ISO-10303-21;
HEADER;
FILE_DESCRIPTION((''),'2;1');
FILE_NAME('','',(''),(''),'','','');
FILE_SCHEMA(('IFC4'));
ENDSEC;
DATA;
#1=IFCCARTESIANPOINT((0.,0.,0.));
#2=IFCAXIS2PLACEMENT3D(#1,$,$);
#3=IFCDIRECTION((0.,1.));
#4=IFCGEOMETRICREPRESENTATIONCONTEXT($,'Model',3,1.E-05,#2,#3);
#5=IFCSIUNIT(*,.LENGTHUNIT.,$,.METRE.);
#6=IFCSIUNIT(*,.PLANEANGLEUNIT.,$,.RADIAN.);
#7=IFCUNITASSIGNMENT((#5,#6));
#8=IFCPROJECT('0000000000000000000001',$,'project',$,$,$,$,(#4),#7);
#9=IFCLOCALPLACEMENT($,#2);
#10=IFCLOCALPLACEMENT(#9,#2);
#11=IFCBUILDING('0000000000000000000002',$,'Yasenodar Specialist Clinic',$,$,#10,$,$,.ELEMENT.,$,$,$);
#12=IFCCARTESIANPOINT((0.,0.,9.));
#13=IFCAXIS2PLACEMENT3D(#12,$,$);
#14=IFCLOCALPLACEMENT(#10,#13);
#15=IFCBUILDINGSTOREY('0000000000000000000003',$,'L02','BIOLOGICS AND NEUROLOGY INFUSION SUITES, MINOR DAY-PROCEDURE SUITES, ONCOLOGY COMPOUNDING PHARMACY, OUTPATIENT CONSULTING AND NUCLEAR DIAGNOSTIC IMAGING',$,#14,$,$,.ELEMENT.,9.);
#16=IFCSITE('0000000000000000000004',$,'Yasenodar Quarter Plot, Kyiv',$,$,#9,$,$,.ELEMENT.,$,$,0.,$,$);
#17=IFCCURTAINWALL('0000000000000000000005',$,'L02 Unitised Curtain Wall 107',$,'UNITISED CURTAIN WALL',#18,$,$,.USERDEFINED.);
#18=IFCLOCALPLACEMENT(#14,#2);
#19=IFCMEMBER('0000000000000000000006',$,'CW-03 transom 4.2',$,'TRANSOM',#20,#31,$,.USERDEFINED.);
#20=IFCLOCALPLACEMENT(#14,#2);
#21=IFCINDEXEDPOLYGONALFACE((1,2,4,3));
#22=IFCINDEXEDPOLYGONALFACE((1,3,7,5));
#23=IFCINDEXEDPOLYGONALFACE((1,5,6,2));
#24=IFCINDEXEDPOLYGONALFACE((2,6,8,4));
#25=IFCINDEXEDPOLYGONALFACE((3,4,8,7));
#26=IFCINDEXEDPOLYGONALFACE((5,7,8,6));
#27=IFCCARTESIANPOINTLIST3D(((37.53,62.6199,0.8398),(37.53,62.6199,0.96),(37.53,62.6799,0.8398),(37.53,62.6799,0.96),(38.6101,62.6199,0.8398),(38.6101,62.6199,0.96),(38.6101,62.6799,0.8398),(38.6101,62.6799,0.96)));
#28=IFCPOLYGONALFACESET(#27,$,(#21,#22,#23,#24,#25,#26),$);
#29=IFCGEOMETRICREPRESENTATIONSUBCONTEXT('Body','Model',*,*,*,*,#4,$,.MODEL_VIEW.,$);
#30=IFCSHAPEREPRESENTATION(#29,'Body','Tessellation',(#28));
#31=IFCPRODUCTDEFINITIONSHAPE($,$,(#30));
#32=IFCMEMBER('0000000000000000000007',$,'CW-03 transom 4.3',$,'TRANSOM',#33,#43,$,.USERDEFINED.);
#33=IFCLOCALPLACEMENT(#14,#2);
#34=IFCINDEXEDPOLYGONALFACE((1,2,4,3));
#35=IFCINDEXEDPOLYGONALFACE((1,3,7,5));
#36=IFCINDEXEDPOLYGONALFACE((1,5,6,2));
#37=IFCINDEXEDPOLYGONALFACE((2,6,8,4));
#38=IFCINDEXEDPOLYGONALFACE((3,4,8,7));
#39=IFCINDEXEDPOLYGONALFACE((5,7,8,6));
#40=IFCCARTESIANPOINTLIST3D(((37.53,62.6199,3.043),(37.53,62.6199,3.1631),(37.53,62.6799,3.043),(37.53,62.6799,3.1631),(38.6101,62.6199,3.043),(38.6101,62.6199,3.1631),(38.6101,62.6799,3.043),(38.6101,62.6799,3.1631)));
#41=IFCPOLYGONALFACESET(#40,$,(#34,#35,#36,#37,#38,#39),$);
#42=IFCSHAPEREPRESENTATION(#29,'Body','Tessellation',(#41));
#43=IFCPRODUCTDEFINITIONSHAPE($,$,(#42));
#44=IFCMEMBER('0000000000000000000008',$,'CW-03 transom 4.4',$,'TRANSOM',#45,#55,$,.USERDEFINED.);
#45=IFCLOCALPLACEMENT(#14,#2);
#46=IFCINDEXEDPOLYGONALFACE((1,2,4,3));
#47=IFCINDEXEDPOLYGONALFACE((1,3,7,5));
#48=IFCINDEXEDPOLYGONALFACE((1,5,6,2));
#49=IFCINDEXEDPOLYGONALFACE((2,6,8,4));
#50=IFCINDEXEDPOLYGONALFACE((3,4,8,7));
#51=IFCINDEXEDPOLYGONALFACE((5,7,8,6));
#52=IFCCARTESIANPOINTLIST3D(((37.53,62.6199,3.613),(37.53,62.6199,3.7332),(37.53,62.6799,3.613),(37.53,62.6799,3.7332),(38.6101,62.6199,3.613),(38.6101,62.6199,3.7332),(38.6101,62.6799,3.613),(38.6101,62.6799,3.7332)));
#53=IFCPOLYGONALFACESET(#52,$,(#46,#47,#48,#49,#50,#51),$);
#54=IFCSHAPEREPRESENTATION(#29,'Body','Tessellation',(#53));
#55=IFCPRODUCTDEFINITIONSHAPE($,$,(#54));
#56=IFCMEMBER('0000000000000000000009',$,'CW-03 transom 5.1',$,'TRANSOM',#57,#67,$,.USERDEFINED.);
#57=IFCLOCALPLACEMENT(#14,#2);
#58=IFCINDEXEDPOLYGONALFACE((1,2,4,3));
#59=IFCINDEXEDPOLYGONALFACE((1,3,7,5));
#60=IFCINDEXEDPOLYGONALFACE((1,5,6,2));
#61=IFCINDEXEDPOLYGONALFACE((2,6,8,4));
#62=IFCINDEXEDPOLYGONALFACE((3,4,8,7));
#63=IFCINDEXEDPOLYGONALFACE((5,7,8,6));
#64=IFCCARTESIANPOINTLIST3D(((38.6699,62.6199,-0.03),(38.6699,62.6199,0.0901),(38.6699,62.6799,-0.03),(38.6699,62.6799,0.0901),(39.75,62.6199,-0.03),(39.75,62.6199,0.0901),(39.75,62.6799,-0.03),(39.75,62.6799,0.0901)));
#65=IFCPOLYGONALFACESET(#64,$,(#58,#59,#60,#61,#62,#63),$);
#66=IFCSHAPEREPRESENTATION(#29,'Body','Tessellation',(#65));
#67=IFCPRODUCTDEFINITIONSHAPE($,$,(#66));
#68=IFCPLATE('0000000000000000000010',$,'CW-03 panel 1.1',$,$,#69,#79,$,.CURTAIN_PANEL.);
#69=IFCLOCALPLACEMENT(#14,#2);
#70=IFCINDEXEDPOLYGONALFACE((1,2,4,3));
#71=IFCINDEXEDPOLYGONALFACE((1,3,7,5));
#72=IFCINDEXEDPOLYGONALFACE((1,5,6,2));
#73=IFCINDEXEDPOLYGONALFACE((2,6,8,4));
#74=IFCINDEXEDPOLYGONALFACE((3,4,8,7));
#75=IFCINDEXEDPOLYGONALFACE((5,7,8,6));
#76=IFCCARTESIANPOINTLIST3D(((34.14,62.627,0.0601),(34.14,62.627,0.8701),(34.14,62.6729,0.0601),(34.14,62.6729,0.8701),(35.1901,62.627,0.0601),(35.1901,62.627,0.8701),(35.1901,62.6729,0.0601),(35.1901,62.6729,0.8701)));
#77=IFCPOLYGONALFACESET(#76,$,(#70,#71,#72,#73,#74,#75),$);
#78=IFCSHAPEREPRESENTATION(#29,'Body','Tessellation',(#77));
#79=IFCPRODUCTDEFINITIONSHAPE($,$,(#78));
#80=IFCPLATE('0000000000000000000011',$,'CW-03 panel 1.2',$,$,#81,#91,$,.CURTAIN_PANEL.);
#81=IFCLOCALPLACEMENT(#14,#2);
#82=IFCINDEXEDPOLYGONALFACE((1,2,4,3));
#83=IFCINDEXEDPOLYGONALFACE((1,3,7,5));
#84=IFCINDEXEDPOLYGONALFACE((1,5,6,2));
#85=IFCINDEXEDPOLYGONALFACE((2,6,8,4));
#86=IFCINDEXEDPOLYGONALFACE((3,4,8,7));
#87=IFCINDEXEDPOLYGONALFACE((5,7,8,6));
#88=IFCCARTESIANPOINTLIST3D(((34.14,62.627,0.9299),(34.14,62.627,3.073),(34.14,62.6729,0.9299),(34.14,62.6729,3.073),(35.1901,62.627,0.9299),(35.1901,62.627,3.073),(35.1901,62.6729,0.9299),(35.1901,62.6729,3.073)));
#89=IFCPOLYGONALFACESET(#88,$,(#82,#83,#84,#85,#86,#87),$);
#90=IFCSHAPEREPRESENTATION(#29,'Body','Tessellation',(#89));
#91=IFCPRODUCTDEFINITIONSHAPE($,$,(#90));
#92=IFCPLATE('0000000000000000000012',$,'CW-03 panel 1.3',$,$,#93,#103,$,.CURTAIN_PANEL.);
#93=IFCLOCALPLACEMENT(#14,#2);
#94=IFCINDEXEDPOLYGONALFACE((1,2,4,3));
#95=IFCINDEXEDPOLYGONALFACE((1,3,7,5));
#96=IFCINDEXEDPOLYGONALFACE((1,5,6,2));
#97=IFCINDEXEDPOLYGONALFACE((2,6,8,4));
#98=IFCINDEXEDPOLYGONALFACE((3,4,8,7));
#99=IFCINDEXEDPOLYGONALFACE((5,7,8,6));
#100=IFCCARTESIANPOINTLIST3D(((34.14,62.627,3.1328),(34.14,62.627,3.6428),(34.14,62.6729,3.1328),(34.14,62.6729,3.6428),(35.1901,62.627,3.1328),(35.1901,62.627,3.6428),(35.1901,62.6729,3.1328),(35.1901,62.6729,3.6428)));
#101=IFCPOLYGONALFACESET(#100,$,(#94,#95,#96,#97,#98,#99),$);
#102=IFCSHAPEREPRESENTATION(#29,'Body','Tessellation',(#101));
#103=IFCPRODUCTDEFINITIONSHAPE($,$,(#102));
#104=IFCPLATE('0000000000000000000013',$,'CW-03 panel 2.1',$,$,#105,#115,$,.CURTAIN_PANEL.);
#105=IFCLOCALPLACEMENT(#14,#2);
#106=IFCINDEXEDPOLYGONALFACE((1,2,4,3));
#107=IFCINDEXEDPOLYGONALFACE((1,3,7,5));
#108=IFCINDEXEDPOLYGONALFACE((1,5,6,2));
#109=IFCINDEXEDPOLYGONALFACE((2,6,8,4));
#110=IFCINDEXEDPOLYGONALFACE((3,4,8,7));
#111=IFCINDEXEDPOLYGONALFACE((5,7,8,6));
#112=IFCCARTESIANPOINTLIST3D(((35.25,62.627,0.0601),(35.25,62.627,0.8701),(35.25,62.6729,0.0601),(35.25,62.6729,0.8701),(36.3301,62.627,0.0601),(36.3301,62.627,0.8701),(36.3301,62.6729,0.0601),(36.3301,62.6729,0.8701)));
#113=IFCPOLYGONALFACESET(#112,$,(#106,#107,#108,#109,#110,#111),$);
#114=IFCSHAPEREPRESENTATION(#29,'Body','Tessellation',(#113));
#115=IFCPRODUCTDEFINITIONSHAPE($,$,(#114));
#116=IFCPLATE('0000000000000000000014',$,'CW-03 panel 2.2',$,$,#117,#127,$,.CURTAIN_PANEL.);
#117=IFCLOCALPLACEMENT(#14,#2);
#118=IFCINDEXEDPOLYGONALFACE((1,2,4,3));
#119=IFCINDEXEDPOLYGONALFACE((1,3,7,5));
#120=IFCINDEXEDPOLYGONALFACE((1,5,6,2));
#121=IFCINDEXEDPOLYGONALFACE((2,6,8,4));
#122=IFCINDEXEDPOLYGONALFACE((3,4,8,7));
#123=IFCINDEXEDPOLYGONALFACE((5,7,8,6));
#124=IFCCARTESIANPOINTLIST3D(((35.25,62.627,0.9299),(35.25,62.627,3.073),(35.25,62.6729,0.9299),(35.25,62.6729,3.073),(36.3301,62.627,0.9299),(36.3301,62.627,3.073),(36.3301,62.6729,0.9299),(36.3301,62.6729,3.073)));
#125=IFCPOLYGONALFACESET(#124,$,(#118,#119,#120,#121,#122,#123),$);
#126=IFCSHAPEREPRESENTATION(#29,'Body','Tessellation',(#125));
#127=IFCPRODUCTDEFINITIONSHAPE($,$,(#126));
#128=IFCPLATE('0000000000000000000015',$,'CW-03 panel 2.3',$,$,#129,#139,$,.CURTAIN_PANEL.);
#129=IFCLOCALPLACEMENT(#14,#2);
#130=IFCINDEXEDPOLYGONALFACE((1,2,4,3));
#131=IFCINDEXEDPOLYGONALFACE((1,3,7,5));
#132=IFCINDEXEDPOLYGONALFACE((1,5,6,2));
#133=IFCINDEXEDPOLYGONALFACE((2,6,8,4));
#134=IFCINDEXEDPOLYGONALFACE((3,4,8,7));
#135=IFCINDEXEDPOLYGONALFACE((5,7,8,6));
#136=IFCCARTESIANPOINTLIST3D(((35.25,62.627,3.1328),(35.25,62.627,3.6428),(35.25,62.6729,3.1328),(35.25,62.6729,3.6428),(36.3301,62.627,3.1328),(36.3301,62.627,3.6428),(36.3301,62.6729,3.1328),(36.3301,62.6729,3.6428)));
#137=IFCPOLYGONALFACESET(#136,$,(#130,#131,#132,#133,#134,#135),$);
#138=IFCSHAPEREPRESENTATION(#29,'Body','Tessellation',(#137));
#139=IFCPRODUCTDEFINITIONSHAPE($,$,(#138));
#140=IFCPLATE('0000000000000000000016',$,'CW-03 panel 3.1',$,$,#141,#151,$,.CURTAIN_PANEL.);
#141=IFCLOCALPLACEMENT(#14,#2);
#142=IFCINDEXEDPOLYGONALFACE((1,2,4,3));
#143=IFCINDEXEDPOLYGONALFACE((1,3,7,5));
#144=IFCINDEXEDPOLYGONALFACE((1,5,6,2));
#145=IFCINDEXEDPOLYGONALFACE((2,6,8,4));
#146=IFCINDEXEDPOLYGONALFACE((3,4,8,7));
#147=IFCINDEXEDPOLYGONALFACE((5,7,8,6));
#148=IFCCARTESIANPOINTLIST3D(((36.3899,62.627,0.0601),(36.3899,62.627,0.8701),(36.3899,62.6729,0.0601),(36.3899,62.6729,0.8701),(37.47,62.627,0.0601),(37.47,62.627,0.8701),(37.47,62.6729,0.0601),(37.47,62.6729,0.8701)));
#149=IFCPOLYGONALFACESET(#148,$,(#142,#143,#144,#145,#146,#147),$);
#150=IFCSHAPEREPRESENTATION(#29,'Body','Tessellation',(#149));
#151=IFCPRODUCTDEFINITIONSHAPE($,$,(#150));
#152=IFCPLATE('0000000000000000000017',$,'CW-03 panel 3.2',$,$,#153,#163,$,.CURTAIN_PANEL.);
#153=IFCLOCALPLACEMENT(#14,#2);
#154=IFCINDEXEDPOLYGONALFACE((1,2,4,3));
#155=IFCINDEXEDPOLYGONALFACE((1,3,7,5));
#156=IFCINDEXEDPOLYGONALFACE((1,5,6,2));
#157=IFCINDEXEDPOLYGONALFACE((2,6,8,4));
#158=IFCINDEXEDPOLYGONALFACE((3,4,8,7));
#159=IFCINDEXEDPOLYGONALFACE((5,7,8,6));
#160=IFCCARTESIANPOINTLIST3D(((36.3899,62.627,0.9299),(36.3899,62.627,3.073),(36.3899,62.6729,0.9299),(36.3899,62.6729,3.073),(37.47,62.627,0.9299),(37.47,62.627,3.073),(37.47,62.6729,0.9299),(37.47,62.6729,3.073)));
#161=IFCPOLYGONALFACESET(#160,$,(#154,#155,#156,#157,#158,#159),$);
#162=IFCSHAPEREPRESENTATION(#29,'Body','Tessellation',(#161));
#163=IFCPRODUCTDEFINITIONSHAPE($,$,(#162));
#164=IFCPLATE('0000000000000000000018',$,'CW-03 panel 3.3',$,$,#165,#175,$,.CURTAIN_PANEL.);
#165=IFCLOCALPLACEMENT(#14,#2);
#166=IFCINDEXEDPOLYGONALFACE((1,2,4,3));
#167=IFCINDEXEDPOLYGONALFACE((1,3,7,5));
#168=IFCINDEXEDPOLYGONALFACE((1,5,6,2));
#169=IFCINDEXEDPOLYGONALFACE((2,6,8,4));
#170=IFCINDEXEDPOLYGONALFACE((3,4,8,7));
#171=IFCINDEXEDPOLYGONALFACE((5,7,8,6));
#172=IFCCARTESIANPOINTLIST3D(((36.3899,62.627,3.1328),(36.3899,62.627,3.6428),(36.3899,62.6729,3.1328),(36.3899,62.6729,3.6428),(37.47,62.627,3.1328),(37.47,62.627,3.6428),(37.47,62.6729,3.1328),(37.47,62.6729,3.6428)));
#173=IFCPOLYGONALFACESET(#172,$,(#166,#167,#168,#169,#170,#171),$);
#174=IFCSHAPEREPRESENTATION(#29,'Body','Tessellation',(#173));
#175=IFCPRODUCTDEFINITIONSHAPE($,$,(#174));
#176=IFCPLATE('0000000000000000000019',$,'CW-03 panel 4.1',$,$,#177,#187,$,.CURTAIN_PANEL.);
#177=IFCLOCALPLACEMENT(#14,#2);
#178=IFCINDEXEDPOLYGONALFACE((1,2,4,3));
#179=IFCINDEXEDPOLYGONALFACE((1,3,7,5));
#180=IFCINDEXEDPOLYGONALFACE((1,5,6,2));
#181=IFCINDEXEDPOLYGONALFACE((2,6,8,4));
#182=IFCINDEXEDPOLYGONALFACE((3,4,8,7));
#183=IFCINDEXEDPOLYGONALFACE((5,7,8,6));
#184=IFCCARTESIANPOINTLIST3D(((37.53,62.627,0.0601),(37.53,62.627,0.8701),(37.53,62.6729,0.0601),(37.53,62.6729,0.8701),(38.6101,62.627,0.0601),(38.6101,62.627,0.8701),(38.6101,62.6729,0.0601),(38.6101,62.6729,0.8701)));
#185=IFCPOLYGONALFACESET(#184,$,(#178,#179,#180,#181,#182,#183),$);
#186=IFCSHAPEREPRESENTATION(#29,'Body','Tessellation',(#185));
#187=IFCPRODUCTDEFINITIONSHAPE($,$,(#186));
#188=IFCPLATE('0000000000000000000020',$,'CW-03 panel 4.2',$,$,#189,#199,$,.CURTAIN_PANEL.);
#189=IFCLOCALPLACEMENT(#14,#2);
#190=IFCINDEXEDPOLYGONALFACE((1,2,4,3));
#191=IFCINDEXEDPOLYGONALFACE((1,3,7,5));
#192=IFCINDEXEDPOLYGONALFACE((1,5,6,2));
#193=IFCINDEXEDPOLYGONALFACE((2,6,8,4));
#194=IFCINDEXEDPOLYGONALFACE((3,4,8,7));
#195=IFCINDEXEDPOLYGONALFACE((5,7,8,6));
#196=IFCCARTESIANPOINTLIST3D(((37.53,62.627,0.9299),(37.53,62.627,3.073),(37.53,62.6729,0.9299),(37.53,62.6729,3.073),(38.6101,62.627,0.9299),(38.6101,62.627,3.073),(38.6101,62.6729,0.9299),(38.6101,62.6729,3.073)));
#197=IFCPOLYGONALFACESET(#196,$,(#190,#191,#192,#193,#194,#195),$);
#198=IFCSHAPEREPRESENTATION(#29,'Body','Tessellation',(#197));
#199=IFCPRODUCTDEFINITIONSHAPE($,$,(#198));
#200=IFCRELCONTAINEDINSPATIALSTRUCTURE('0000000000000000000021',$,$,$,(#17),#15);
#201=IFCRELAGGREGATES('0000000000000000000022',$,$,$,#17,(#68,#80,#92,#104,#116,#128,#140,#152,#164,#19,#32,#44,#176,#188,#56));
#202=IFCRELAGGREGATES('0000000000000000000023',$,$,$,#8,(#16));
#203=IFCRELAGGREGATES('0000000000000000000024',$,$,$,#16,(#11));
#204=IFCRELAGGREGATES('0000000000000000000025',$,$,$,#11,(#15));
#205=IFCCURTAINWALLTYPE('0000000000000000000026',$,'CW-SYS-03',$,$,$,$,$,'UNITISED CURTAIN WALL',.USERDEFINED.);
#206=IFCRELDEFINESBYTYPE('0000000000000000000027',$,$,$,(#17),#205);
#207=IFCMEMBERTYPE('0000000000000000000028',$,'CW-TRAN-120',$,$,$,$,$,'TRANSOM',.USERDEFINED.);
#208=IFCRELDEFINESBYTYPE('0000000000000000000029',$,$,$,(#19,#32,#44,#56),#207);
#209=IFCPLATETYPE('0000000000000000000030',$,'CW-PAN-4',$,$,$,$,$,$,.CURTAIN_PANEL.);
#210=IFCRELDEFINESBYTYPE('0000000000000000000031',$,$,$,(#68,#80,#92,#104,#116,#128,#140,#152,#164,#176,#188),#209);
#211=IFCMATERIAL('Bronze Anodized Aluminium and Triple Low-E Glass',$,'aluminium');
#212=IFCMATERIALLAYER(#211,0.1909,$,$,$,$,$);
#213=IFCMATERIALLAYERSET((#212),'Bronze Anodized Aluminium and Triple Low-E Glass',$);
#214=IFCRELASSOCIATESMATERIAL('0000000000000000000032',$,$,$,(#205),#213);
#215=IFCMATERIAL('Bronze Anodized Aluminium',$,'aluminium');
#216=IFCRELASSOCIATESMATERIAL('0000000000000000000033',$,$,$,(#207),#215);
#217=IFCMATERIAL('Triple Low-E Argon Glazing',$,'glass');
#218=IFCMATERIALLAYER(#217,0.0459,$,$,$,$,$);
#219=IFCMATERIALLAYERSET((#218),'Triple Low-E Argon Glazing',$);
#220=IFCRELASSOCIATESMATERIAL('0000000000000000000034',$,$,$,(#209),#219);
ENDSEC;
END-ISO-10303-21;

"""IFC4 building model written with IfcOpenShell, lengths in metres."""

from ifc_helpers import new_model, si_unit, direction, frame, origin, origin_2d, place, context, subcontext, project, spatial, rectangle, extrude, material, layer, layer_set, material_profile, profile_set, type_object, element, aggregate, save


model = new_model("IFC4")

# Units and contexts
model_context = context("Model", 3, precision=1e-05, world=origin(), true_north=direction((0.0, 1.0)))
body_context = subcontext(model_context, "Body", "Model", "MODEL_VIEW")
ifc_project = project(units=[si_unit("LENGTHUNIT", "METRE"), si_unit("PLANEANGLEUNIT", "RADIAN")], contexts=[model_context])

# Site, building, storey
site_placement = place(None, origin())
site = spatial("IfcSite", under=ifc_project, at=site_placement, Name="Yasenodar Quarter Plot, Kyiv", CompositionType="ELEMENT", RefElevation=0.0)
building_placement = place(site_placement, origin())
building = spatial("IfcBuilding", under=site, at=building_placement, Name="Yasenodar Specialist Clinic", CompositionType="ELEMENT")
storey_placement = place(building_placement, frame((0.0, 0.0, 9.0)))
storey = spatial("IfcBuildingStorey", under=building, at=storey_placement, Name="L02", Description="BIOLOGICS AND NEUROLOGY INFUSION SUITES, MINOR DAY-PROCEDURE SUITES, ONCOLOGY COMPOUNDING PHARMACY, OUTPATIENT CONSULTING AND NUCLEAR DIAGNOSTIC IMAGING", CompositionType="ELEMENT", Elevation=9.0)

# Curtain wall, members, plates
ifc_material_1 = material(Name="Bronze Anodized Aluminium and Triple Low-E Glass", Category="aluminium")
ifc_layer_1 = layer(ifc_material_1, 0.1909)
ifc_layer_set_1 = layer_set([ifc_layer_1], Name="Bronze Anodized Aluminium and Triple Low-E Glass")
curtain_wall_type = type_object("IfcCurtainWallType", Name="CW-SYS-03", ElementType="UNITISED CURTAIN WALL", PredefinedType="USERDEFINED", material=ifc_layer_set_1)
curtain_wall_placement = place(storey_placement, origin())
curtain_wall = element("IfcCurtainWall", 1, at=curtain_wall_placement, inside=storey, type_object=curtain_wall_type, Name="L02 Unitised Curtain Wall 107", ObjectType="UNITISED CURTAIN WALL", PredefinedType="USERDEFINED")
ifc_material_2 = material(Name="Bronze Anodized Aluminium", Category="aluminium")
ifc_material_profile_1 = material_profile(ifc_material_2, rectangle(XDim=0.0601, YDim=0.1201, at=origin_2d()), Name="CW-TRAN 60x120")
ifc_profile_set_1 = profile_set([ifc_material_profile_1], Name="Bronze Anodized Aluminium")
member_type_1 = type_object("IfcMemberType", Name="CW-TRAN-120", ElementType="TRANSOM", PredefinedType="USERDEFINED", material=ifc_profile_set_1)
member_1_placement = place(storey_placement, frame((37.53, 62.6499, 0.8999), z_axis=(1.0, 0.0, 0.0), x_axis=(0.0, 1.0, 0.0)))
member_1 = element("IfcMember", 2, at=member_1_placement, type_object=member_type_1, Name="CW-03 transom 4.2", ObjectType="TRANSOM", PredefinedType="USERDEFINED", context=body_context, shape_type="SweptSolid", body=[
    extrude(rectangle(XDim=0.0601, YDim=0.1201, at=origin_2d()), origin(), (0.0, 0.0, 1.0), 1.0801),
])
member_2_placement = place(storey_placement, frame((37.53, 62.6499, 3.103), z_axis=(1.0, 0.0, 0.0), x_axis=(0.0, 1.0, 0.0)))
member_2 = element("IfcMember", 3, at=member_2_placement, type_object=member_type_1, Name="CW-03 transom 4.3", ObjectType="TRANSOM", PredefinedType="USERDEFINED", context=body_context, shape_type="SweptSolid", body=[
    extrude(rectangle(XDim=0.0601, YDim=0.1201, at=origin_2d()), origin(), (0.0, 0.0, 1.0), 1.0801),
])
member_3_placement = place(storey_placement, frame((37.53, 62.6499, 3.6731), z_axis=(1.0, 0.0, 0.0), x_axis=(0.0, 1.0, 0.0)))
member_3 = element("IfcMember", 4, at=member_3_placement, type_object=member_type_1, Name="CW-03 transom 4.4", ObjectType="TRANSOM", PredefinedType="USERDEFINED", context=body_context, shape_type="SweptSolid", body=[
    extrude(rectangle(XDim=0.0601, YDim=0.1201, at=origin_2d()), origin(), (0.0, 0.0, 1.0), 1.0801),
])
member_4_placement = place(storey_placement, frame((38.6699, 62.6499, 0.03), z_axis=(1.0, 0.0, 0.0), x_axis=(0.0, 1.0, 0.0)))
member_4 = element("IfcMember", 5, at=member_4_placement, type_object=member_type_1, Name="CW-03 transom 5.1", ObjectType="TRANSOM", PredefinedType="USERDEFINED", context=body_context, shape_type="SweptSolid", body=[
    extrude(rectangle(XDim=0.0601, YDim=0.1201, at=origin_2d()), origin(), (0.0, 0.0, 1.0), 1.0801),
])
ifc_material_3 = material(Name="Triple Low-E Argon Glazing", Category="glass")
ifc_layer_2 = layer(ifc_material_3, 0.0459)
ifc_layer_set_2 = layer_set([ifc_layer_2], Name="Triple Low-E Argon Glazing")
plate_type = type_object("IfcPlateType", Name="CW-PAN-4", PredefinedType="CURTAIN_PANEL", material=ifc_layer_set_2)
plate_1_placement = place(storey_placement, frame((34.665, 62.6499, 0.0601), z_axis=(0.0, 0.0, 1.0), x_axis=(1.0, 0.0, 0.0)))
plate_1 = element("IfcPlate", 6, at=plate_1_placement, type_object=plate_type, Name="CW-03 panel 1.1", PredefinedType="CURTAIN_PANEL", context=body_context, shape_type="SweptSolid", body=[
    extrude(rectangle(XDim=1.05, YDim=0.0459, at=origin_2d()), origin(), (0.0, 0.0, 1.0), 0.8101),
])
plate_2_placement = place(storey_placement, frame((34.665, 62.6499, 0.9299), z_axis=(0.0, 0.0, 1.0), x_axis=(1.0, 0.0, 0.0)))
plate_2 = element("IfcPlate", 7, at=plate_2_placement, type_object=plate_type, Name="CW-03 panel 1.2", PredefinedType="CURTAIN_PANEL", context=body_context, shape_type="SweptSolid", body=[
    extrude(rectangle(XDim=1.05, YDim=0.0459, at=origin_2d()), origin(), (0.0, 0.0, 1.0), 2.1431),
])
plate_3_placement = place(storey_placement, frame((34.665, 62.6499, 3.1328), z_axis=(0.0, 0.0, 1.0), x_axis=(1.0, 0.0, 0.0)))
plate_3 = element("IfcPlate", 8, at=plate_3_placement, type_object=plate_type, Name="CW-03 panel 1.3", PredefinedType="CURTAIN_PANEL", context=body_context, shape_type="SweptSolid", body=[
    extrude(rectangle(XDim=1.05, YDim=0.0459, at=origin_2d()), origin(), (0.0, 0.0, 1.0), 0.51),
])
plate_4_placement = place(storey_placement, frame((35.79, 62.6499, 0.0601), z_axis=(0.0, 0.0, 1.0), x_axis=(1.0, 0.0, 0.0)))
plate_4 = element("IfcPlate", 9, at=plate_4_placement, type_object=plate_type, Name="CW-03 panel 2.1", PredefinedType="CURTAIN_PANEL", context=body_context, shape_type="SweptSolid", body=[
    extrude(rectangle(XDim=1.0801, YDim=0.0459, at=origin_2d()), origin(), (0.0, 0.0, 1.0), 0.8101),
])
plate_5_placement = place(storey_placement, frame((35.79, 62.6499, 0.9299), z_axis=(0.0, 0.0, 1.0), x_axis=(1.0, 0.0, 0.0)))
plate_5 = element("IfcPlate", 10, at=plate_5_placement, type_object=plate_type, Name="CW-03 panel 2.2", PredefinedType="CURTAIN_PANEL", context=body_context, shape_type="SweptSolid", body=[
    extrude(rectangle(XDim=1.0801, YDim=0.0459, at=origin_2d()), origin(), (0.0, 0.0, 1.0), 2.1431),
])
plate_6_placement = place(storey_placement, frame((35.79, 62.6499, 3.1328), z_axis=(0.0, 0.0, 1.0), x_axis=(1.0, 0.0, 0.0)))
plate_6 = element("IfcPlate", 11, at=plate_6_placement, type_object=plate_type, Name="CW-03 panel 2.3", PredefinedType="CURTAIN_PANEL", context=body_context, shape_type="SweptSolid", body=[
    extrude(rectangle(XDim=1.0801, YDim=0.0459, at=origin_2d()), origin(), (0.0, 0.0, 1.0), 0.51),
])
plate_7_placement = place(storey_placement, frame((36.9299, 62.6499, 0.0601), z_axis=(0.0, 0.0, 1.0), x_axis=(1.0, 0.0, 0.0)))
plate_7 = element("IfcPlate", 12, at=plate_7_placement, type_object=plate_type, Name="CW-03 panel 3.1", PredefinedType="CURTAIN_PANEL", context=body_context, shape_type="SweptSolid", body=[
    extrude(rectangle(XDim=1.0801, YDim=0.0459, at=origin_2d()), origin(), (0.0, 0.0, 1.0), 0.8101),
])
plate_8_placement = place(storey_placement, frame((36.9299, 62.6499, 0.9299), z_axis=(0.0, 0.0, 1.0), x_axis=(1.0, 0.0, 0.0)))
plate_8 = element("IfcPlate", 13, at=plate_8_placement, type_object=plate_type, Name="CW-03 panel 3.2", PredefinedType="CURTAIN_PANEL", context=body_context, shape_type="SweptSolid", body=[
    extrude(rectangle(XDim=1.0801, YDim=0.0459, at=origin_2d()), origin(), (0.0, 0.0, 1.0), 2.1431),
])
plate_9_placement = place(storey_placement, frame((36.9299, 62.6499, 3.1328), z_axis=(0.0, 0.0, 1.0), x_axis=(1.0, 0.0, 0.0)))
plate_9 = element("IfcPlate", 14, at=plate_9_placement, type_object=plate_type, Name="CW-03 panel 3.3", PredefinedType="CURTAIN_PANEL", context=body_context, shape_type="SweptSolid", body=[
    extrude(rectangle(XDim=1.0801, YDim=0.0459, at=origin_2d()), origin(), (0.0, 0.0, 1.0), 0.51),
])
plate_10_placement = place(storey_placement, frame((38.0701, 62.6499, 0.0601), z_axis=(0.0, 0.0, 1.0), x_axis=(1.0, 0.0, 0.0)))
plate_10 = element("IfcPlate", 15, at=plate_10_placement, type_object=plate_type, Name="CW-03 panel 4.1", PredefinedType="CURTAIN_PANEL", context=body_context, shape_type="SweptSolid", body=[
    extrude(rectangle(XDim=1.0801, YDim=0.0459, at=origin_2d()), origin(), (0.0, 0.0, 1.0), 0.8101),
])
plate_11_placement = place(storey_placement, frame((38.0701, 62.6499, 0.9299), z_axis=(0.0, 0.0, 1.0), x_axis=(1.0, 0.0, 0.0)))
plate_11 = element("IfcPlate", 16, at=plate_11_placement, type_object=plate_type, Name="CW-03 panel 4.2", PredefinedType="CURTAIN_PANEL", context=body_context, shape_type="SweptSolid", body=[
    extrude(rectangle(XDim=1.0801, YDim=0.0459, at=origin_2d()), origin(), (0.0, 0.0, 1.0), 2.1431),
])
aggregate(curtain_wall, [plate_1, plate_2, plate_3, plate_4, plate_5, plate_6, plate_7, plate_8, plate_9, member_1, member_2, member_3, plate_10, plate_11, member_4])

save(model, "model.ifc")
